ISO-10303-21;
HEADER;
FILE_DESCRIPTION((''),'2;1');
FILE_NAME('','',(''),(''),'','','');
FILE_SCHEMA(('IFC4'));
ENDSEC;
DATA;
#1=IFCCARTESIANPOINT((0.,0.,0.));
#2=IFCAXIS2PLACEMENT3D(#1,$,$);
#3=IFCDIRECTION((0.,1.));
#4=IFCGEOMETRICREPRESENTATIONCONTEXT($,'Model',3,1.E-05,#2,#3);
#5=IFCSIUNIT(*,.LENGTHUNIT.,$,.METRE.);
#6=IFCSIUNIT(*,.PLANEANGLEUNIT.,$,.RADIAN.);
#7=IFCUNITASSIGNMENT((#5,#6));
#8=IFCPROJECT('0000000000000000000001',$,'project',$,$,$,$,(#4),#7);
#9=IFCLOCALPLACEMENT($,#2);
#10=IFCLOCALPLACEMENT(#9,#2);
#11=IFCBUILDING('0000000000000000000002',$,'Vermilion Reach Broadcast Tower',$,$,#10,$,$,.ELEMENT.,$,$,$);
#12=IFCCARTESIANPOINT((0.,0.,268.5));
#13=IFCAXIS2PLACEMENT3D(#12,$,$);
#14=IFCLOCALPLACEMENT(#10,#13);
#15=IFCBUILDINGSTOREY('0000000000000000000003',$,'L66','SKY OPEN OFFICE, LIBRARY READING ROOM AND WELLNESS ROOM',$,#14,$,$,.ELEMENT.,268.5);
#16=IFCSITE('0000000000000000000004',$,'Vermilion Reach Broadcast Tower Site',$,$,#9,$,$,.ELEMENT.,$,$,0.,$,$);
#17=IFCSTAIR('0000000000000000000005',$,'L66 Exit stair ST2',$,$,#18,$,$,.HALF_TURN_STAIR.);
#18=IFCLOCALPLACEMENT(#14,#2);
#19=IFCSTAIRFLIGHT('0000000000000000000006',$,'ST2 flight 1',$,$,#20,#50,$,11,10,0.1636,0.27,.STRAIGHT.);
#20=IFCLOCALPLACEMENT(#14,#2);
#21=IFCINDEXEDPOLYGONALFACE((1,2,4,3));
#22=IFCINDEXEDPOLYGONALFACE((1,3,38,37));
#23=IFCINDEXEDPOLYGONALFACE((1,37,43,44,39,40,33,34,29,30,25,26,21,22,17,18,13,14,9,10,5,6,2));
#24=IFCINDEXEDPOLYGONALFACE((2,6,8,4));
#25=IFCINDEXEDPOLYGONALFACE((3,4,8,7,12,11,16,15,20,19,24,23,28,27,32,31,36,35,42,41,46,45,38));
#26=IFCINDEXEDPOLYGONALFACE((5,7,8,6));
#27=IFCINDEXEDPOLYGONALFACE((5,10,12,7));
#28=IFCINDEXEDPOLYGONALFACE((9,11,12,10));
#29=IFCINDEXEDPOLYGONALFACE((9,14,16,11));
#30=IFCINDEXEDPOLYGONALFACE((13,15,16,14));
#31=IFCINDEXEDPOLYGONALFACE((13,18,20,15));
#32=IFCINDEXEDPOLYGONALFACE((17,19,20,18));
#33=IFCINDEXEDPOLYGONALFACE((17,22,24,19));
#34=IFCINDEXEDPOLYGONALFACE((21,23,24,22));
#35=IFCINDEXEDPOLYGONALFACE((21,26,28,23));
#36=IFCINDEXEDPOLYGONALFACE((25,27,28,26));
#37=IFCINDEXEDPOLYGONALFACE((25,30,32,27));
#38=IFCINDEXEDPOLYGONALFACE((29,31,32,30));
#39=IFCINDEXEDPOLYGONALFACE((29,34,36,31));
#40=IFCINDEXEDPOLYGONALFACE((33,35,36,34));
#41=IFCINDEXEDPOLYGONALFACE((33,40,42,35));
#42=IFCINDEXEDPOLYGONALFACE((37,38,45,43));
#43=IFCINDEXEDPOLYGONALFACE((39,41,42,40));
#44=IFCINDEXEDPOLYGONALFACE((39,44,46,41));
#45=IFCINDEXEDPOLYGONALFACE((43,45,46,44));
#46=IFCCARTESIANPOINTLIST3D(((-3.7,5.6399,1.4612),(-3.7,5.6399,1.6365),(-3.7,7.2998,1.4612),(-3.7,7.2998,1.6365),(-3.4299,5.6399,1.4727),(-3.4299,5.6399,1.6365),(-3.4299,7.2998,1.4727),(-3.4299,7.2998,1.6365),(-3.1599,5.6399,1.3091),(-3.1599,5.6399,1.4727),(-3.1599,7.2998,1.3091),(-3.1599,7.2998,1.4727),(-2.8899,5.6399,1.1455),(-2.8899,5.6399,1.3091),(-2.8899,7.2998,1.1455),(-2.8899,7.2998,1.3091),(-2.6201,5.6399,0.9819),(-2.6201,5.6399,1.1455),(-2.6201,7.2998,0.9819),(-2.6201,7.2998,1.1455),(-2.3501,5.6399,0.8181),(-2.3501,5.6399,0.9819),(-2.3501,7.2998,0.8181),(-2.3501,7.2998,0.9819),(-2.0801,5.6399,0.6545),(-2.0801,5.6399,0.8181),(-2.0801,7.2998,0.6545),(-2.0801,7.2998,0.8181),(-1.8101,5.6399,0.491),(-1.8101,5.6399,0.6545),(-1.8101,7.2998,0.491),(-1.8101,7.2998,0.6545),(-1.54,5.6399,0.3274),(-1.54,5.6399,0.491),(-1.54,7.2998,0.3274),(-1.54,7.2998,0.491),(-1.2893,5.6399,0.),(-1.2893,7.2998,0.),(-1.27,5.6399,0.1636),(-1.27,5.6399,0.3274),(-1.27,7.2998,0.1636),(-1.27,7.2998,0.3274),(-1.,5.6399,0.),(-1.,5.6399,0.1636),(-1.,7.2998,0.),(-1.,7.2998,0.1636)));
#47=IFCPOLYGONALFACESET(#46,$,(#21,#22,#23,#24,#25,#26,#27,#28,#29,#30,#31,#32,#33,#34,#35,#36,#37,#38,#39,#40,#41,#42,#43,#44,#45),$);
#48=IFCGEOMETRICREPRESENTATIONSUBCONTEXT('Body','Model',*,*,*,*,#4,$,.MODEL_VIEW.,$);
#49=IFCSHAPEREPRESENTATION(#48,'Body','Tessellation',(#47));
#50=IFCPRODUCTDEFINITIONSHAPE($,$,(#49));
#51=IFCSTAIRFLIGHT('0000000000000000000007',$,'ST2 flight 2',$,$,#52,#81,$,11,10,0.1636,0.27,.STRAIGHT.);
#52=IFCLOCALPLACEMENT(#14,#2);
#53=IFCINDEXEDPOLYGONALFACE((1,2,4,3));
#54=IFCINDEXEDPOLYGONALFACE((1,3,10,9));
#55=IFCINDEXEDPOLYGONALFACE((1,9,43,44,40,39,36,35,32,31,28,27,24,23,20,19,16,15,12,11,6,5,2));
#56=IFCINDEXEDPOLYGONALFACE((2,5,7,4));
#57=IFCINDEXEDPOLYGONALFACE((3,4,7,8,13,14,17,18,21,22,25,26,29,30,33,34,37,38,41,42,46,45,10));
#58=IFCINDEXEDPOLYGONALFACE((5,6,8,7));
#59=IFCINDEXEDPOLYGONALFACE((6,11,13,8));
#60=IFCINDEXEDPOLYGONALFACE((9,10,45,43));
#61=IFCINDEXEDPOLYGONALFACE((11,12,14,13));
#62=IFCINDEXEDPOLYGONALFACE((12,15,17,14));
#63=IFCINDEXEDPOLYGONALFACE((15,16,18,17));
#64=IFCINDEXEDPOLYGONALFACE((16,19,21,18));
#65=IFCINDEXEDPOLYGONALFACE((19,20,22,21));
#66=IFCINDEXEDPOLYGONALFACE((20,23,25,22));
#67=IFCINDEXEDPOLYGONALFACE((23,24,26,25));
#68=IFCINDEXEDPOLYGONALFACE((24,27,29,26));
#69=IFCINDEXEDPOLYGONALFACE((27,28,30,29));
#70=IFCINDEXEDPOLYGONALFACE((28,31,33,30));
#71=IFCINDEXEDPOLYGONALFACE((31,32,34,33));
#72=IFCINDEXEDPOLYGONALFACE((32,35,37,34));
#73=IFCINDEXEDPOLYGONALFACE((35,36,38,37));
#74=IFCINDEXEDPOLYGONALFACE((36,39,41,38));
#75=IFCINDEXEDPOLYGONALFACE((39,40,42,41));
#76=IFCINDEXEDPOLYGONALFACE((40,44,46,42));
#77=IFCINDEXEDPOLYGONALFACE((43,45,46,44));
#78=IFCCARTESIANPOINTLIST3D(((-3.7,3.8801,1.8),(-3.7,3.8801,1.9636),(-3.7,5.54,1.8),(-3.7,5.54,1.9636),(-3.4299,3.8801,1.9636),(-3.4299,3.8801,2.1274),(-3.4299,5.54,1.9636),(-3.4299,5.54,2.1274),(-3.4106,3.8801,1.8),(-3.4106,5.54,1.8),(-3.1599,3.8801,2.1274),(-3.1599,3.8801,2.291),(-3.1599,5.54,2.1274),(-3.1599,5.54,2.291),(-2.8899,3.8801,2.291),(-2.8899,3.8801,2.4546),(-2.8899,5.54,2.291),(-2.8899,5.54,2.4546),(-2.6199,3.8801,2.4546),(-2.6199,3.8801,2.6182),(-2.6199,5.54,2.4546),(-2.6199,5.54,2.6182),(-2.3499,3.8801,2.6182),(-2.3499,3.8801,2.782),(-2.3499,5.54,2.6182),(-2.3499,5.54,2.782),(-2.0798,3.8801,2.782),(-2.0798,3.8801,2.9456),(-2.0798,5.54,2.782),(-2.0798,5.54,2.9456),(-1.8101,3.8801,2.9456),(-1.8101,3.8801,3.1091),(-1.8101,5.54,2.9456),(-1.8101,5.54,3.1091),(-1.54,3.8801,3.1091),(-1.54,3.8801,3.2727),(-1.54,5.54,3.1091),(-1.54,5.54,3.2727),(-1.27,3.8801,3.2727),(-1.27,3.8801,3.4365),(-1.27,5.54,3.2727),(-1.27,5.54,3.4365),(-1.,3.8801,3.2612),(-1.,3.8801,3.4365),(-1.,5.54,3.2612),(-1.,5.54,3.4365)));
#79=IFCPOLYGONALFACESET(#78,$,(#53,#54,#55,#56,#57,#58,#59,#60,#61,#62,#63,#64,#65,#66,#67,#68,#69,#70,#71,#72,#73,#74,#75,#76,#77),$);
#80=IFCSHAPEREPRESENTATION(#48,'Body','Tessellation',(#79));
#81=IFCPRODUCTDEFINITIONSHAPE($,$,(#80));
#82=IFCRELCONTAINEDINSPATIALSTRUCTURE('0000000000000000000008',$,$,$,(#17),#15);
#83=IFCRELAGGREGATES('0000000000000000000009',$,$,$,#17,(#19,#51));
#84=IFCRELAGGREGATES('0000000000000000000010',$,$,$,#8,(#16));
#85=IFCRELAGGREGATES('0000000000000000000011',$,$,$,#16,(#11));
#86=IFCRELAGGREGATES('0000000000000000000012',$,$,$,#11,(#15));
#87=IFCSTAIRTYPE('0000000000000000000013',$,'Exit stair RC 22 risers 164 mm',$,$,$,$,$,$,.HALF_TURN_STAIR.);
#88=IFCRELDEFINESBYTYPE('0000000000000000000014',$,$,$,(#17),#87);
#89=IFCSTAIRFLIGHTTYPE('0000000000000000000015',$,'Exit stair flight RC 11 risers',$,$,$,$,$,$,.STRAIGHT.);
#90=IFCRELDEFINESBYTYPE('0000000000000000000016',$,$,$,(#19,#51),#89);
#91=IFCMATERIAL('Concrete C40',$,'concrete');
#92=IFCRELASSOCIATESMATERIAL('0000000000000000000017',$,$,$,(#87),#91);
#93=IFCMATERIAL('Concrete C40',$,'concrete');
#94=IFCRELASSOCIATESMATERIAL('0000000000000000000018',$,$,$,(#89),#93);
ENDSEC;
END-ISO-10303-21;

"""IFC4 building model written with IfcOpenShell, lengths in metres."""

from ifc_helpers import new_model, si_unit, direction, frame, origin, place, context, subcontext, project, spatial, polyline, outline, extrude, material, type_object, element, aggregate, save


model = new_model("IFC4")

# Units and contexts
model_context = context("Model", 3, precision=1e-05, world=origin(), true_north=direction((0.0, 1.0)))
body_context = subcontext(model_context, "Body", "Model", "MODEL_VIEW")
ifc_project = project(units=[si_unit("LENGTHUNIT", "METRE"), si_unit("PLANEANGLEUNIT", "RADIAN")], contexts=[model_context])

# Site, building, storey
site_placement = place(None, origin())
site = spatial("IfcSite", under=ifc_project, at=site_placement, Name="Vermilion Reach Broadcast Tower Site", CompositionType="ELEMENT", RefElevation=0.0)
building_placement = place(site_placement, origin())
building = spatial("IfcBuilding", under=site, at=building_placement, Name="Vermilion Reach Broadcast Tower", CompositionType="ELEMENT")
storey_placement = place(building_placement, frame((0.0, 0.0, 268.5)))
storey = spatial("IfcBuildingStorey", under=building, at=storey_placement, Name="L66", Description="SKY OPEN OFFICE, LIBRARY READING ROOM AND WELLNESS ROOM", CompositionType="ELEMENT", Elevation=268.5)

# Shared definitions
ifc_material_1 = material(Name="Concrete C40", Category="concrete")
stair_type = type_object("IfcStairType", Name="Exit stair RC 22 risers 164 mm", PredefinedType="HALF_TURN_STAIR", material=ifc_material_1)
placement = place(storey_placement, origin())

# Stair, stair flights
stair_1 = element("IfcStair", 1, at=placement, inside=storey, type_object=stair_type, Name="L66 Exit stair ST2", PredefinedType="HALF_TURN_STAIR")
ifc_material_2 = material(Name="Concrete C40", Category="concrete")
stair_flight_type = type_object("IfcStairFlightType", Name="Exit stair flight RC 11 risers", PredefinedType="STRAIGHT", material=ifc_material_2)
stair_flight_1_placement = place(storey_placement, frame((-1.0, 6.47, 0.0), z_axis=(0.0, 0.0, 1.0), x_axis=(-1.0, 0.0, 0.0)))
stair_flight_1 = element("IfcStairFlight", 2, at=stair_flight_1_placement, type_object=stair_flight_type, Name="ST2 flight 1", NumberOfRisers=11, NumberOfTreads=10, PredefinedType="STRAIGHT", RiserHeight=0.1636, TreadLength=0.27, context=body_context, shape_type="SweptSolid", body=[
    extrude(outline(polyline([(0.0, 0.0), (0.0, 0.1636), (0.27, 0.1636), (0.27, 0.3274), (0.54, 0.3274), (0.54, 0.491), (0.8101, 0.491), (0.8101, 0.6545), (1.0801, 0.6545), (1.0801, 0.8181), (1.3501, 0.8181), (1.3501, 0.9819), (1.6201, 0.9819), (1.6201, 1.1455), (1.8899, 1.1455), (1.8899, 1.3091), (2.1599, 1.3091), (2.1599, 1.4727), (2.4299, 1.4727), (2.4299, 1.6365), (2.7, 1.6365), (2.7, 1.8), (2.7, 1.4612), (0.2893, 0.0), (0.0, 0.0)])), frame((0.0, 0.8301, 0.0), z_axis=(0.0, -1.0, 0.0), x_axis=(1.0, 0.0, 0.0)), (0.0, 0.0, 1.0), 1.6599),
])
stair_flight_2_placement = place(storey_placement, frame((-3.7, 4.71, 1.8), z_axis=(0.0, 0.0, 1.0), x_axis=(1.0, 0.0, 0.0)))
stair_flight_2 = element("IfcStairFlight", 3, at=stair_flight_2_placement, type_object=stair_flight_type, Name="ST2 flight 2", NumberOfRisers=11, NumberOfTreads=10, PredefinedType="STRAIGHT", RiserHeight=0.1636, TreadLength=0.27, context=body_context, shape_type="SweptSolid", body=[
    extrude(outline(polyline([(0.0, 0.0), (0.0, 0.1636), (0.27, 0.1636), (0.27, 0.3274), (0.54, 0.3274), (0.54, 0.491), (0.8101, 0.491), (0.8101, 0.6545), (1.0801, 0.6545), (1.0801, 0.8181), (1.3501, 0.8181), (1.3501, 0.9819), (1.6201, 0.9819), (1.6201, 1.1455), (1.8899, 1.1455), (1.8899, 1.3091), (2.1599, 1.3091), (2.1599, 1.4727), (2.4299, 1.4727), (2.4299, 1.6365), (2.7, 1.6365), (2.7, 1.8), (2.7, 1.4612), (0.2893, 0.0), (0.0, 0.0)])), frame((0.0, 0.8301, 0.0), z_axis=(0.0, -1.0, 0.0), x_axis=(1.0, 0.0, 0.0)), (0.0, 0.0, 1.0), 1.6599),
])
aggregate(stair_1, [stair_flight_1, stair_flight_2])

save(model, "model.ifc")
